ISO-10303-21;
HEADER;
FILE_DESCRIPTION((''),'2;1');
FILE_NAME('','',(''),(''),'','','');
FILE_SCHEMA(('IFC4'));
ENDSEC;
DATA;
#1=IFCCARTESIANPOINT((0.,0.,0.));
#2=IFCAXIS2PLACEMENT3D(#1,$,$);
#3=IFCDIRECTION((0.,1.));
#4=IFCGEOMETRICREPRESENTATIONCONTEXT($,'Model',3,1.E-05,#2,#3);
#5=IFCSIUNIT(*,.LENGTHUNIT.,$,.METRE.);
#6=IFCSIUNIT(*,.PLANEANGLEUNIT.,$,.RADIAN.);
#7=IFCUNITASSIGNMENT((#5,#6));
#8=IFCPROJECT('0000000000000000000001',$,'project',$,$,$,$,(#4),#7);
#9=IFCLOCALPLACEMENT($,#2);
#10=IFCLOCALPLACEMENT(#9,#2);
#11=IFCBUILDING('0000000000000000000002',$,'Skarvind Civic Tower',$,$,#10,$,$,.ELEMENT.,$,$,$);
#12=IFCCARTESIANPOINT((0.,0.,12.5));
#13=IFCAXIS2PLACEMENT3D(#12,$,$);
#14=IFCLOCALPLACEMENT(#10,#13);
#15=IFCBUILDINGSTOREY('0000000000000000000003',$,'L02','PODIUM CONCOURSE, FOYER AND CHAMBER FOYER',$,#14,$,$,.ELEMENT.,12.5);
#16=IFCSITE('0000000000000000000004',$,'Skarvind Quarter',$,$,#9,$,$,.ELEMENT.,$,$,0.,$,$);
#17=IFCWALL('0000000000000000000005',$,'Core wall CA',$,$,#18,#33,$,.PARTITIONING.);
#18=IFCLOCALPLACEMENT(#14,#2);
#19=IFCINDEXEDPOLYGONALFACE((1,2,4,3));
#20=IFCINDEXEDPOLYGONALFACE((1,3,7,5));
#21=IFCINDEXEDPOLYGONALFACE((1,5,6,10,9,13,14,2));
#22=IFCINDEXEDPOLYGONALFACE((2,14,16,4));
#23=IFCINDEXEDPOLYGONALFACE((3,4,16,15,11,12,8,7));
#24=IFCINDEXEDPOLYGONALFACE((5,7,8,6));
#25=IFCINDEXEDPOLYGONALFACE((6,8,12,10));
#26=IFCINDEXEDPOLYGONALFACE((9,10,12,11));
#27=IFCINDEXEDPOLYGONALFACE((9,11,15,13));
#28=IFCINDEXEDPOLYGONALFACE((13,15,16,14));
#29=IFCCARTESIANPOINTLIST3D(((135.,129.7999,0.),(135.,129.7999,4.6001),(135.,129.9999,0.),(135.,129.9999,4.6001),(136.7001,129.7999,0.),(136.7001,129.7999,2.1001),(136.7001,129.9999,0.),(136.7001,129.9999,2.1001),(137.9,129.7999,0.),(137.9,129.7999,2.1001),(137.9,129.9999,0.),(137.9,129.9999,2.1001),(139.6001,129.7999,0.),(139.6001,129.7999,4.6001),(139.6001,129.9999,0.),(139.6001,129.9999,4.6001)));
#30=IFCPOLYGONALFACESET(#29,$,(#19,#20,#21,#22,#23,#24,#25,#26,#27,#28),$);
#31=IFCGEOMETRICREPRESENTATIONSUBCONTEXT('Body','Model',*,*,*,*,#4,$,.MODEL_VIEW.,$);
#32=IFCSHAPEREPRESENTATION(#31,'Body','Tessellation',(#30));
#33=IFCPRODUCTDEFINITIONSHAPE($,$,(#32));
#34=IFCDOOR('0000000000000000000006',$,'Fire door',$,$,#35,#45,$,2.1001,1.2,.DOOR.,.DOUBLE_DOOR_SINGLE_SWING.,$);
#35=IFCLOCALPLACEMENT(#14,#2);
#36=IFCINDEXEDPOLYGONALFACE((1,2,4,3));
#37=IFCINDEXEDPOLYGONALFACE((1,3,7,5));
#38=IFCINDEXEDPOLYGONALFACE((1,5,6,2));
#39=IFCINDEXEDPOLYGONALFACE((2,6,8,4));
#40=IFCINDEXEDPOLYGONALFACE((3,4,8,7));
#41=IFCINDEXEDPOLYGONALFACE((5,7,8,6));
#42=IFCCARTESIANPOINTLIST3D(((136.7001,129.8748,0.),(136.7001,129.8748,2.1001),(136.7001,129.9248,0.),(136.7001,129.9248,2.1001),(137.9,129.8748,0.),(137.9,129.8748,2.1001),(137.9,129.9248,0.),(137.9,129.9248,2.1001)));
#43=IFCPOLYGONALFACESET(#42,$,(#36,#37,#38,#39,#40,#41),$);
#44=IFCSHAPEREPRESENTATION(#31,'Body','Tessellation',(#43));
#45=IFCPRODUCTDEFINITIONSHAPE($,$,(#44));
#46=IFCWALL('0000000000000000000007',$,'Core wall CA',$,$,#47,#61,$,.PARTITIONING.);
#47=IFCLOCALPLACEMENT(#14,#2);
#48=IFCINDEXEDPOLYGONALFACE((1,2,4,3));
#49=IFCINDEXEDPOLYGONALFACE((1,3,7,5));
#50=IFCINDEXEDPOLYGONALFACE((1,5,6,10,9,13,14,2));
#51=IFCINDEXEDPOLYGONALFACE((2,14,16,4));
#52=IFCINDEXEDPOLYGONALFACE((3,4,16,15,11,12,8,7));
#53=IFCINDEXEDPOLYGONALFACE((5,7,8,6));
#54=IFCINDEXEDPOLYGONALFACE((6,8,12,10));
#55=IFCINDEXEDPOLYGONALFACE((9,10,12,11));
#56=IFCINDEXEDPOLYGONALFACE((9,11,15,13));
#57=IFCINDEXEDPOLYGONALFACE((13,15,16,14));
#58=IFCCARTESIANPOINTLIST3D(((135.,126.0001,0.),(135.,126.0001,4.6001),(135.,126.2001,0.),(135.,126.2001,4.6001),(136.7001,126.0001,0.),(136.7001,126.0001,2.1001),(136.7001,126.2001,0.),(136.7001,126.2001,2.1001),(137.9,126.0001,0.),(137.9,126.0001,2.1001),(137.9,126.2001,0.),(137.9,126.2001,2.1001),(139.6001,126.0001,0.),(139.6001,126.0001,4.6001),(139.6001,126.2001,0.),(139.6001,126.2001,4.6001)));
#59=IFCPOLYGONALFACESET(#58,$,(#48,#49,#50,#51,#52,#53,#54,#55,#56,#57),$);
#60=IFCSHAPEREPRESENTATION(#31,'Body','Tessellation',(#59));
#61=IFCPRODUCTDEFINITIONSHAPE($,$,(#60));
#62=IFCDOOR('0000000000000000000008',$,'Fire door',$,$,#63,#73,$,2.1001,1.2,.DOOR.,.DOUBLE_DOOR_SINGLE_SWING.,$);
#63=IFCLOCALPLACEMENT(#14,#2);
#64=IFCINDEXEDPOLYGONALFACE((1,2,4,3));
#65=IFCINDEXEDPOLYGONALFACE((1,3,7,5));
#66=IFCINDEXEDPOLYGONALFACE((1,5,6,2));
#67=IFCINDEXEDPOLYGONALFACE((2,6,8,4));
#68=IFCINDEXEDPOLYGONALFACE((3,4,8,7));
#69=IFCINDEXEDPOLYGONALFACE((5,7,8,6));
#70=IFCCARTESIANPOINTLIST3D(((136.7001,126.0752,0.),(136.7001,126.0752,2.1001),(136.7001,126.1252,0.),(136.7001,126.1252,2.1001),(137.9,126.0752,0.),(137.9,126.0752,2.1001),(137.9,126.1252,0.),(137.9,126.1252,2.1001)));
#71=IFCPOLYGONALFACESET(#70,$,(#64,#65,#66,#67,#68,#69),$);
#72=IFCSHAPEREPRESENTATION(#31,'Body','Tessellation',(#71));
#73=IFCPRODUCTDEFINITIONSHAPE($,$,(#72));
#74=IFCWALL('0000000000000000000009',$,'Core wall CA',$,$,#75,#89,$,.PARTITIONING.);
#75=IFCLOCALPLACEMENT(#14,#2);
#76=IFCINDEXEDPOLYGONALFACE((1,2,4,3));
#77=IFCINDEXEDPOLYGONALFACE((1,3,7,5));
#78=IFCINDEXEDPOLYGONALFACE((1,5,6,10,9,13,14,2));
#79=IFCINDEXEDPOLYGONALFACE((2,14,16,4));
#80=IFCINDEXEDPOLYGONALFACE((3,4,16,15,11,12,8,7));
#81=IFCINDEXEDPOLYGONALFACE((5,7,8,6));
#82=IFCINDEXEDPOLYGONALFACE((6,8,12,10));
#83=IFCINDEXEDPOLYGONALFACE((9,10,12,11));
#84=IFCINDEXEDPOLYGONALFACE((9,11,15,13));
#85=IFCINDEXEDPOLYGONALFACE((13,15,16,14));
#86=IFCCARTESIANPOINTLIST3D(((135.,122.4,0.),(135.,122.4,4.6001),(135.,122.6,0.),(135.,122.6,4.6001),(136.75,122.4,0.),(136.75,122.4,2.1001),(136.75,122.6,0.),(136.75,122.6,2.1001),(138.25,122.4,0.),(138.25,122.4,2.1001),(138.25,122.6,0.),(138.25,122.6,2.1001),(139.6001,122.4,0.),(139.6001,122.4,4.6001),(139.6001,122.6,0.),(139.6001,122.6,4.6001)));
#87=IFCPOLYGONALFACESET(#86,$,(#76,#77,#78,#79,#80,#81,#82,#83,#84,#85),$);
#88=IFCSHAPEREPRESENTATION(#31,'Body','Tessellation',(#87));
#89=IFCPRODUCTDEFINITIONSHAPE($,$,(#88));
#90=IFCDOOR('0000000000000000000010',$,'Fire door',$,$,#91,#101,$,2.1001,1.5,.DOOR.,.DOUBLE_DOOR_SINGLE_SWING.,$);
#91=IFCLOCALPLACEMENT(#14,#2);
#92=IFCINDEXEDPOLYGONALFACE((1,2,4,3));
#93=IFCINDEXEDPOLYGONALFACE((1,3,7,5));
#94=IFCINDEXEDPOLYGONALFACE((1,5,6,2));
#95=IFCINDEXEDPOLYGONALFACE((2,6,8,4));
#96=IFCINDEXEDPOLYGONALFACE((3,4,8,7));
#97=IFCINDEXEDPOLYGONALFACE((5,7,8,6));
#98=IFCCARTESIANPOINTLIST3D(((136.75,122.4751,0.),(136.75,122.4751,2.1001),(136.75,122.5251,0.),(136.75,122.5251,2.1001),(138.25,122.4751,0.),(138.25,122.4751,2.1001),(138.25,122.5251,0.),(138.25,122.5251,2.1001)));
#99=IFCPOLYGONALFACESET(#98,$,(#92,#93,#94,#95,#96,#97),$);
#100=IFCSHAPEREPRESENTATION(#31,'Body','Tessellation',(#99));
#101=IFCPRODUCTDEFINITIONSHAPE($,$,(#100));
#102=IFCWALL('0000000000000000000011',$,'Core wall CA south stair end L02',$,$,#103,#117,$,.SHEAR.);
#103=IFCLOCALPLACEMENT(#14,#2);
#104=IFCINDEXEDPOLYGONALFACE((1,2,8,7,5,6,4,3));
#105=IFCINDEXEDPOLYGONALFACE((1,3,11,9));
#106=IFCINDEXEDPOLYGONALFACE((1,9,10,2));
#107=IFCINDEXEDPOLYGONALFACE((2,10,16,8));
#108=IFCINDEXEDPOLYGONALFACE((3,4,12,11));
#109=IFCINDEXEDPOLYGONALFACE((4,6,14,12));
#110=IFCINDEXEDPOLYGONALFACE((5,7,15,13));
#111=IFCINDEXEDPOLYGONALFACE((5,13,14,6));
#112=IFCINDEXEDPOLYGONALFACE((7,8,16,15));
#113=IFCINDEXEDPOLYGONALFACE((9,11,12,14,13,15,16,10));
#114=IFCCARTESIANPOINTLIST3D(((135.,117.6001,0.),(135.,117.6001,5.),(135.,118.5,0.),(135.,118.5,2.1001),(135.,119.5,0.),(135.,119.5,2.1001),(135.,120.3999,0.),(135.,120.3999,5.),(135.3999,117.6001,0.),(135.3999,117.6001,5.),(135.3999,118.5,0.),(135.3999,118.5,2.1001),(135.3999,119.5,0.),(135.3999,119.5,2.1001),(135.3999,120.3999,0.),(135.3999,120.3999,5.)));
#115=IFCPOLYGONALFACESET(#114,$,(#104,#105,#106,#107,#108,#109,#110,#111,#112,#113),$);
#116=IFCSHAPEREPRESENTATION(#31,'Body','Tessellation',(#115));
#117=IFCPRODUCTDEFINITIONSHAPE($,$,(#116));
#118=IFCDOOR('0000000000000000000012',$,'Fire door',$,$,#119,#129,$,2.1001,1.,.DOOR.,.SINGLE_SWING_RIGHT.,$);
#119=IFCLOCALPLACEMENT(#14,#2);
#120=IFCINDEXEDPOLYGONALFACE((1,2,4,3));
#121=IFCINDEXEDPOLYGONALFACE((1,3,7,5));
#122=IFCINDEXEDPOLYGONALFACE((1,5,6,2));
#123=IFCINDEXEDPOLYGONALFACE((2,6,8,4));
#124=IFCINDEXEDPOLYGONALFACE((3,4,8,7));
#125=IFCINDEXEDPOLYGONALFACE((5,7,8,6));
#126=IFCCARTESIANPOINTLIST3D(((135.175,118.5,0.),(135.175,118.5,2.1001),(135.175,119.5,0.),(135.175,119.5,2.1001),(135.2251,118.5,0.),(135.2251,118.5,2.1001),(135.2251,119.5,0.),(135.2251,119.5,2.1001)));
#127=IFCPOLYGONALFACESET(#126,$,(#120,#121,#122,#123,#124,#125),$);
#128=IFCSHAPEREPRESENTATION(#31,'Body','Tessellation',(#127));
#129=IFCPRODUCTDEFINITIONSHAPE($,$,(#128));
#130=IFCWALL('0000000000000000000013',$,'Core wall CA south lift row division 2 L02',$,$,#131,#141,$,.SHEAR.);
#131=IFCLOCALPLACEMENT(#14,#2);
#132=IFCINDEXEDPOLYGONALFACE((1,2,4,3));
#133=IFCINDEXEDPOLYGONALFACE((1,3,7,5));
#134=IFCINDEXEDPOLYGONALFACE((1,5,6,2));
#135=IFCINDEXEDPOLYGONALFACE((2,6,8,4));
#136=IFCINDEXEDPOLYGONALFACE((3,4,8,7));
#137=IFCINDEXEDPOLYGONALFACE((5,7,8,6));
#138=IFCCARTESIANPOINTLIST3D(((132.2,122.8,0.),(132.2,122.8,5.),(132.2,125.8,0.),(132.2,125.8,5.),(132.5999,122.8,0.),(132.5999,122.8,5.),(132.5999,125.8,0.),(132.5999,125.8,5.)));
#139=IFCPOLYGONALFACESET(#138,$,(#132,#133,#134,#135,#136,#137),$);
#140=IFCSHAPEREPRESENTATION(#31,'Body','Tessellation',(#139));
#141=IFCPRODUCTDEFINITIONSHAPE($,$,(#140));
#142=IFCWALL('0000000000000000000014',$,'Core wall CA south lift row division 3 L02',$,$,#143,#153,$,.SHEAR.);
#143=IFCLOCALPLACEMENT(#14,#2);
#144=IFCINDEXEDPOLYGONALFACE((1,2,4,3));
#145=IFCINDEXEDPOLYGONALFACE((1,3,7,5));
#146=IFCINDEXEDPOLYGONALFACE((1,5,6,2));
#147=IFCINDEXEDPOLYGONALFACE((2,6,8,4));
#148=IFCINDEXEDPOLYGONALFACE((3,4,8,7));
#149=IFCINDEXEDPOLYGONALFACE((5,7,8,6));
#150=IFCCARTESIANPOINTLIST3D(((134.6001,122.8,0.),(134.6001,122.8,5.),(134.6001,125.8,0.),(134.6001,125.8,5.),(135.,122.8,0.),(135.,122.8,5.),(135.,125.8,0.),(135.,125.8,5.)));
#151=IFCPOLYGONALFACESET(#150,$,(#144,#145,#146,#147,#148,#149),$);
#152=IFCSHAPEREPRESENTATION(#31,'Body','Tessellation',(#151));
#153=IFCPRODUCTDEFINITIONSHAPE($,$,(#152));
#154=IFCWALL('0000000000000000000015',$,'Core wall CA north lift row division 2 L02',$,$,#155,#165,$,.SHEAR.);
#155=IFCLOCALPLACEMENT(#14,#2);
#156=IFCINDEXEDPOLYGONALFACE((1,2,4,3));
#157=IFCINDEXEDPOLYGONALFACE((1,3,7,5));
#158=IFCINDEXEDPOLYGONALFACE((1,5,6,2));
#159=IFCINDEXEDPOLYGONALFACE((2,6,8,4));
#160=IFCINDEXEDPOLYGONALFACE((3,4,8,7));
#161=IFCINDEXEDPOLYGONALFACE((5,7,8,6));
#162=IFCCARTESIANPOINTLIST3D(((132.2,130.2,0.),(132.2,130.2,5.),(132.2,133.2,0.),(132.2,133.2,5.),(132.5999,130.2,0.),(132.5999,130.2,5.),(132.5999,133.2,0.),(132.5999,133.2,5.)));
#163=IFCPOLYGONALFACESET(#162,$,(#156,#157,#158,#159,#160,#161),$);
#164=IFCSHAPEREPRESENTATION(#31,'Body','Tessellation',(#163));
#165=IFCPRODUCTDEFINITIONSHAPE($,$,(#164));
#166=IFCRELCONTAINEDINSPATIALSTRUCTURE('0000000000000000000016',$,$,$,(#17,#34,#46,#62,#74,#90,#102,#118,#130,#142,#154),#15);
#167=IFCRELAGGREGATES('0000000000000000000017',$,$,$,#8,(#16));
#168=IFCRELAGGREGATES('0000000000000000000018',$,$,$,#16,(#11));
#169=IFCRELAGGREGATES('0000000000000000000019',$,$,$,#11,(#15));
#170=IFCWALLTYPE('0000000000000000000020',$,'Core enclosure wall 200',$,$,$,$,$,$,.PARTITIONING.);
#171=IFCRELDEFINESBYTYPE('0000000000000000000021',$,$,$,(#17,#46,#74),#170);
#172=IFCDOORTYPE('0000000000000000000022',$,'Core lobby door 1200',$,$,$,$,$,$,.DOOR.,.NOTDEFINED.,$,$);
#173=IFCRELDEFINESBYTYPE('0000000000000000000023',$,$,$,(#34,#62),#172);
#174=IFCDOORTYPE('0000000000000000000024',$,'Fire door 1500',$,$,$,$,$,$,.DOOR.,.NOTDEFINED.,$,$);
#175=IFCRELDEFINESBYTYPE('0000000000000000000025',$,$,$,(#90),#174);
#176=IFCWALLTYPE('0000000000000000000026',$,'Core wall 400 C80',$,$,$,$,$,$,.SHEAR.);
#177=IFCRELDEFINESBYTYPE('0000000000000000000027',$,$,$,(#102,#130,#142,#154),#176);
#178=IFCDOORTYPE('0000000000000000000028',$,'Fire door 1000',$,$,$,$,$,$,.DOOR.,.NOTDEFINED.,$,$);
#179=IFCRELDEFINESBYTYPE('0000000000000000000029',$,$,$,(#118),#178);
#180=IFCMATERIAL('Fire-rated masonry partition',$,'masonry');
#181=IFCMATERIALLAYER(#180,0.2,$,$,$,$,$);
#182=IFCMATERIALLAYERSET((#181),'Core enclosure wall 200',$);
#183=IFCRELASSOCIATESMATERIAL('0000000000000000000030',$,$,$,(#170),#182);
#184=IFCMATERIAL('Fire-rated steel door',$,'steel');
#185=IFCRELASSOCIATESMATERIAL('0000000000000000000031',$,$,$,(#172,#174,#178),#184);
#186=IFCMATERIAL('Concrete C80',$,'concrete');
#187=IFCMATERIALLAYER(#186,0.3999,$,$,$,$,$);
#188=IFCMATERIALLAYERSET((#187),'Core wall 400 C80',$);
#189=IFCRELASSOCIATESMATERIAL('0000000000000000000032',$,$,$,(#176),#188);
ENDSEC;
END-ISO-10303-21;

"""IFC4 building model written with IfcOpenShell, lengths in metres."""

from ifc_helpers import new_model, si_unit, direction, frame, frame_2d, origin, place, context, subcontext, project, spatial, rectangle, extrude, material, layer, layer_set, type_object, element, fill, save


model = new_model("IFC4")

# Units and contexts
model_context = context("Model", 3, precision=1e-05, world=origin(), true_north=direction((0.0, 1.0)))
body_context = subcontext(model_context, "Body", "Model", "MODEL_VIEW")
ifc_project = project(units=[si_unit("LENGTHUNIT", "METRE"), si_unit("PLANEANGLEUNIT", "RADIAN")], contexts=[model_context])

# Site, building, storey
site_placement = place(None, origin())
site = spatial("IfcSite", under=ifc_project, at=site_placement, Name="Skarvind Quarter", CompositionType="ELEMENT", RefElevation=0.0)
building_placement = place(site_placement, origin())
building = spatial("IfcBuilding", under=site, at=building_placement, Name="Skarvind Civic Tower", CompositionType="ELEMENT")
storey_placement = place(building_placement, frame((0.0, 0.0, 12.5)))
storey = spatial("IfcBuildingStorey", under=building, at=storey_placement, Name="L02", Description="PODIUM CONCOURSE, FOYER AND CHAMBER FOYER", CompositionType="ELEMENT", Elevation=12.5)

# Walls, openings, doors
ifc_material_1 = material(Name="Fire-rated masonry partition", Category="masonry")
ifc_layer_1 = layer(ifc_material_1, 0.2)
ifc_layer_set_1 = layer_set([ifc_layer_1], Name="Core enclosure wall 200")
wall_type_1 = type_object("IfcWallType", Name="Core enclosure wall 200", PredefinedType="PARTITIONING", material=ifc_layer_set_1)
wall_1_placement = place(storey_placement, frame((135.0, 129.8999, 0.0), z_axis=(0.0, 0.0, 1.0), x_axis=(1.0, 0.0, 0.0)))
wall_1 = element("IfcWall", 1, at=wall_1_placement, inside=storey, type_object=wall_type_1, Name="Core wall CA", PredefinedType="PARTITIONING", context=body_context, shape_type="SweptSolid", body=[
    extrude(rectangle(XDim=4.6001, YDim=0.2, at=frame_2d((2.3, 0.0))), origin(), (0.0, 0.0, 1.0), 4.6001),
])
opening_1_placement = place(wall_1_placement, frame((1.7, 0.0, 0.0)))
opening_1 = element("IfcOpeningElement", 2, at=opening_1_placement, cuts=wall_1, PredefinedType="OPENING", context=body_context, shape_type="SweptSolid", body=[
    extrude(rectangle(XDim=1.2, YDim=2.1001, at=frame_2d((0.6001, 1.05))), frame((0.0, 0.1099, 0.0), z_axis=(0.0, -1.0, 0.0), x_axis=(1.0, 0.0, 0.0)), (0.0, 0.0, 1.0), 0.22),
])
ifc_material_2 = material(Name="Fire-rated steel door", Category="steel")
door_type_1 = type_object("IfcDoorType", Name="Core lobby door 1200", OperationType="NOTDEFINED", PredefinedType="DOOR", material=ifc_material_2)
door_1_placement = place(opening_1_placement, origin())
door_1 = element("IfcDoor", 3, at=door_1_placement, inside=storey, type_object=door_type_1, Name="Fire door", OperationType="DOUBLE_DOOR_SINGLE_SWING", OverallHeight=2.1001, OverallWidth=1.2, PredefinedType="DOOR", context=body_context, shape_type="SweptSolid", body=[
    extrude(rectangle(XDim=1.2, YDim=2.1001, at=frame_2d((0.6001, 1.05))), frame((0.0, 0.0249, 0.0), z_axis=(0.0, -1.0, 0.0), x_axis=(1.0, 0.0, 0.0)), (0.0, 0.0, 1.0), 0.05),
])
fill(opening_1, door_1)
wall_2_placement = place(storey_placement, frame((139.6001, 126.1001, 0.0), z_axis=(0.0, 0.0, 1.0), x_axis=(-1.0, 0.0, 0.0)))
wall_2 = element("IfcWall", 4, at=wall_2_placement, inside=storey, type_object=wall_type_1, Name="Core wall CA", PredefinedType="PARTITIONING", context=body_context, shape_type="SweptSolid", body=[
    extrude(rectangle(XDim=4.6001, YDim=0.2, at=frame_2d((2.3, 0.0))), origin(), (0.0, 0.0, 1.0), 4.6001),
])
opening_2_placement = place(wall_2_placement, frame((1.7, 0.0, 0.0)))
opening_2 = element("IfcOpeningElement", 5, at=opening_2_placement, cuts=wall_2, PredefinedType="OPENING", context=body_context, shape_type="SweptSolid", body=[
    extrude(rectangle(XDim=1.2, YDim=2.1001, at=frame_2d((0.6001, 1.05))), frame((0.0, 0.1099, 0.0), z_axis=(0.0, -1.0, 0.0), x_axis=(1.0, 0.0, 0.0)), (0.0, 0.0, 1.0), 0.22),
])
door_2_placement = place(opening_2_placement, origin())
door_2 = element("IfcDoor", 6, at=door_2_placement, inside=storey, type_object=door_type_1, Name="Fire door", OperationType="DOUBLE_DOOR_SINGLE_SWING", OverallHeight=2.1001, OverallWidth=1.2, PredefinedType="DOOR", context=body_context, shape_type="SweptSolid", body=[
    extrude(rectangle(XDim=1.2, YDim=2.1001, at=frame_2d((0.6001, 1.05))), frame((0.0, 0.0249, 0.0), z_axis=(0.0, -1.0, 0.0), x_axis=(1.0, 0.0, 0.0)), (0.0, 0.0, 1.0), 0.05),
])
fill(opening_2, door_2)
wall_3_placement = place(storey_placement, frame((139.6001, 122.5, 0.0), z_axis=(0.0, 0.0, 1.0), x_axis=(-1.0, 0.0, 0.0)))
wall_3 = element("IfcWall", 7, at=wall_3_placement, inside=storey, type_object=wall_type_1, Name="Core wall CA", PredefinedType="PARTITIONING", context=body_context, shape_type="SweptSolid", body=[
    extrude(rectangle(XDim=4.6001, YDim=0.2, at=frame_2d((2.3, 0.0))), origin(), (0.0, 0.0, 1.0), 4.6001),
])
opening_3_placement = place(wall_3_placement, frame((1.3501, 0.0, 0.0)))
opening_3 = element("IfcOpeningElement", 8, at=opening_3_placement, cuts=wall_3, PredefinedType="OPENING", context=body_context, shape_type="SweptSolid", body=[
    extrude(rectangle(XDim=1.5, YDim=2.1001, at=frame_2d((0.75, 1.05))), frame((0.0, 0.1099, 0.0), z_axis=(0.0, -1.0, 0.0), x_axis=(1.0, 0.0, 0.0)), (0.0, 0.0, 1.0), 0.22),
])
door_type_2 = type_object("IfcDoorType", Name="Fire door 1500", OperationType="NOTDEFINED", PredefinedType="DOOR", material=ifc_material_2)
door_3_placement = place(opening_3_placement, origin())
door_3 = element("IfcDoor", 9, at=door_3_placement, inside=storey, type_object=door_type_2, Name="Fire door", OperationType="DOUBLE_DOOR_SINGLE_SWING", OverallHeight=2.1001, OverallWidth=1.5, PredefinedType="DOOR", context=body_context, shape_type="SweptSolid", body=[
    extrude(rectangle(XDim=1.5, YDim=2.1001, at=frame_2d((0.75, 1.05))), frame((0.0, 0.0249, 0.0), z_axis=(0.0, -1.0, 0.0), x_axis=(1.0, 0.0, 0.0)), (0.0, 0.0, 1.0), 0.05),
])
fill(opening_3, door_3)
ifc_material_3 = material(Name="Concrete C80", Category="concrete")
ifc_layer_2 = layer(ifc_material_3, 0.3999)
ifc_layer_set_2 = layer_set([ifc_layer_2], Name="Core wall 400 C80")
wall_type_2 = type_object("IfcWallType", Name="Core wall 400 C80", PredefinedType="SHEAR", material=ifc_layer_set_2)
wall_4_placement = place(storey_placement, frame((135.2, 117.6001, 0.0), z_axis=(0.0, 0.0, 1.0), x_axis=(0.0, 1.0, 0.0)))
wall_4 = element("IfcWall", 10, at=wall_4_placement, inside=storey, type_object=wall_type_2, Name="Core wall CA south stair end L02", PredefinedType="SHEAR", context=body_context, shape_type="SweptSolid", body=[
    extrude(rectangle(XDim=2.7998, YDim=0.3999, at=frame_2d((1.3999, 0.0))), origin(), (0.0, 0.0, 1.0), 5.0),
])
opening_4_placement = place(wall_4_placement, frame((0.8999, 0.0, 0.0)))
opening_4 = element("IfcOpeningElement", 11, at=opening_4_placement, cuts=wall_4, PredefinedType="OPENING", context=body_context, shape_type="SweptSolid", body=[
    extrude(rectangle(XDim=1.0, YDim=2.1001, at=frame_2d((0.5, 1.05))), frame((0.0, 0.21, 0.0), z_axis=(0.0, -1.0, 0.0), x_axis=(1.0, 0.0, 0.0)), (0.0, 0.0, 1.0), 0.4199),
])
door_type_3 = type_object("IfcDoorType", Name="Fire door 1000", OperationType="NOTDEFINED", PredefinedType="DOOR", material=ifc_material_2)
door_4_placement = place(opening_4_placement, origin())
door_4 = element("IfcDoor", 12, at=door_4_placement, inside=storey, type_object=door_type_3, Name="Fire door", OperationType="SINGLE_SWING_RIGHT", OverallHeight=2.1001, OverallWidth=1.0, PredefinedType="DOOR", context=body_context, shape_type="SweptSolid", body=[
    extrude(rectangle(XDim=1.0, YDim=2.1001, at=frame_2d((0.5, 1.05))), frame((0.0, 0.0249, 0.0), z_axis=(0.0, -1.0, 0.0), x_axis=(1.0, 0.0, 0.0)), (0.0, 0.0, 1.0), 0.05),
])
fill(opening_4, door_4)

# Walls
for number, where, z_axis, x_axis, name in (
    (13, (132.3999, 122.8, 0.0), (0.0, 0.0, 1.0), (0.0, 1.0, 0.0), "Core wall CA south lift row division 2 L02"),
    (14, (134.8, 122.8, 0.0), (0.0, 0.0, 1.0), (0.0, 1.0, 0.0), "Core wall CA south lift row division 3 L02"),
    (15, (132.3999, 130.2, 0.0), (0.0, 0.0, 1.0), (0.0, 1.0, 0.0), "Core wall CA north lift row division 2 L02"),
):
    element("IfcWall", number, at=place(storey_placement, frame(where, z_axis=z_axis, x_axis=x_axis)), inside=storey, type_object=wall_type_2, Name=name, PredefinedType="SHEAR", context=body_context, shape_type="SweptSolid", body=[
        extrude(rectangle(XDim=3.0, YDim=0.3999, at=frame_2d((1.5, 0.0))), origin(), (0.0, 0.0, 1.0), 5.0),
    ])

save(model, "model.ifc")
